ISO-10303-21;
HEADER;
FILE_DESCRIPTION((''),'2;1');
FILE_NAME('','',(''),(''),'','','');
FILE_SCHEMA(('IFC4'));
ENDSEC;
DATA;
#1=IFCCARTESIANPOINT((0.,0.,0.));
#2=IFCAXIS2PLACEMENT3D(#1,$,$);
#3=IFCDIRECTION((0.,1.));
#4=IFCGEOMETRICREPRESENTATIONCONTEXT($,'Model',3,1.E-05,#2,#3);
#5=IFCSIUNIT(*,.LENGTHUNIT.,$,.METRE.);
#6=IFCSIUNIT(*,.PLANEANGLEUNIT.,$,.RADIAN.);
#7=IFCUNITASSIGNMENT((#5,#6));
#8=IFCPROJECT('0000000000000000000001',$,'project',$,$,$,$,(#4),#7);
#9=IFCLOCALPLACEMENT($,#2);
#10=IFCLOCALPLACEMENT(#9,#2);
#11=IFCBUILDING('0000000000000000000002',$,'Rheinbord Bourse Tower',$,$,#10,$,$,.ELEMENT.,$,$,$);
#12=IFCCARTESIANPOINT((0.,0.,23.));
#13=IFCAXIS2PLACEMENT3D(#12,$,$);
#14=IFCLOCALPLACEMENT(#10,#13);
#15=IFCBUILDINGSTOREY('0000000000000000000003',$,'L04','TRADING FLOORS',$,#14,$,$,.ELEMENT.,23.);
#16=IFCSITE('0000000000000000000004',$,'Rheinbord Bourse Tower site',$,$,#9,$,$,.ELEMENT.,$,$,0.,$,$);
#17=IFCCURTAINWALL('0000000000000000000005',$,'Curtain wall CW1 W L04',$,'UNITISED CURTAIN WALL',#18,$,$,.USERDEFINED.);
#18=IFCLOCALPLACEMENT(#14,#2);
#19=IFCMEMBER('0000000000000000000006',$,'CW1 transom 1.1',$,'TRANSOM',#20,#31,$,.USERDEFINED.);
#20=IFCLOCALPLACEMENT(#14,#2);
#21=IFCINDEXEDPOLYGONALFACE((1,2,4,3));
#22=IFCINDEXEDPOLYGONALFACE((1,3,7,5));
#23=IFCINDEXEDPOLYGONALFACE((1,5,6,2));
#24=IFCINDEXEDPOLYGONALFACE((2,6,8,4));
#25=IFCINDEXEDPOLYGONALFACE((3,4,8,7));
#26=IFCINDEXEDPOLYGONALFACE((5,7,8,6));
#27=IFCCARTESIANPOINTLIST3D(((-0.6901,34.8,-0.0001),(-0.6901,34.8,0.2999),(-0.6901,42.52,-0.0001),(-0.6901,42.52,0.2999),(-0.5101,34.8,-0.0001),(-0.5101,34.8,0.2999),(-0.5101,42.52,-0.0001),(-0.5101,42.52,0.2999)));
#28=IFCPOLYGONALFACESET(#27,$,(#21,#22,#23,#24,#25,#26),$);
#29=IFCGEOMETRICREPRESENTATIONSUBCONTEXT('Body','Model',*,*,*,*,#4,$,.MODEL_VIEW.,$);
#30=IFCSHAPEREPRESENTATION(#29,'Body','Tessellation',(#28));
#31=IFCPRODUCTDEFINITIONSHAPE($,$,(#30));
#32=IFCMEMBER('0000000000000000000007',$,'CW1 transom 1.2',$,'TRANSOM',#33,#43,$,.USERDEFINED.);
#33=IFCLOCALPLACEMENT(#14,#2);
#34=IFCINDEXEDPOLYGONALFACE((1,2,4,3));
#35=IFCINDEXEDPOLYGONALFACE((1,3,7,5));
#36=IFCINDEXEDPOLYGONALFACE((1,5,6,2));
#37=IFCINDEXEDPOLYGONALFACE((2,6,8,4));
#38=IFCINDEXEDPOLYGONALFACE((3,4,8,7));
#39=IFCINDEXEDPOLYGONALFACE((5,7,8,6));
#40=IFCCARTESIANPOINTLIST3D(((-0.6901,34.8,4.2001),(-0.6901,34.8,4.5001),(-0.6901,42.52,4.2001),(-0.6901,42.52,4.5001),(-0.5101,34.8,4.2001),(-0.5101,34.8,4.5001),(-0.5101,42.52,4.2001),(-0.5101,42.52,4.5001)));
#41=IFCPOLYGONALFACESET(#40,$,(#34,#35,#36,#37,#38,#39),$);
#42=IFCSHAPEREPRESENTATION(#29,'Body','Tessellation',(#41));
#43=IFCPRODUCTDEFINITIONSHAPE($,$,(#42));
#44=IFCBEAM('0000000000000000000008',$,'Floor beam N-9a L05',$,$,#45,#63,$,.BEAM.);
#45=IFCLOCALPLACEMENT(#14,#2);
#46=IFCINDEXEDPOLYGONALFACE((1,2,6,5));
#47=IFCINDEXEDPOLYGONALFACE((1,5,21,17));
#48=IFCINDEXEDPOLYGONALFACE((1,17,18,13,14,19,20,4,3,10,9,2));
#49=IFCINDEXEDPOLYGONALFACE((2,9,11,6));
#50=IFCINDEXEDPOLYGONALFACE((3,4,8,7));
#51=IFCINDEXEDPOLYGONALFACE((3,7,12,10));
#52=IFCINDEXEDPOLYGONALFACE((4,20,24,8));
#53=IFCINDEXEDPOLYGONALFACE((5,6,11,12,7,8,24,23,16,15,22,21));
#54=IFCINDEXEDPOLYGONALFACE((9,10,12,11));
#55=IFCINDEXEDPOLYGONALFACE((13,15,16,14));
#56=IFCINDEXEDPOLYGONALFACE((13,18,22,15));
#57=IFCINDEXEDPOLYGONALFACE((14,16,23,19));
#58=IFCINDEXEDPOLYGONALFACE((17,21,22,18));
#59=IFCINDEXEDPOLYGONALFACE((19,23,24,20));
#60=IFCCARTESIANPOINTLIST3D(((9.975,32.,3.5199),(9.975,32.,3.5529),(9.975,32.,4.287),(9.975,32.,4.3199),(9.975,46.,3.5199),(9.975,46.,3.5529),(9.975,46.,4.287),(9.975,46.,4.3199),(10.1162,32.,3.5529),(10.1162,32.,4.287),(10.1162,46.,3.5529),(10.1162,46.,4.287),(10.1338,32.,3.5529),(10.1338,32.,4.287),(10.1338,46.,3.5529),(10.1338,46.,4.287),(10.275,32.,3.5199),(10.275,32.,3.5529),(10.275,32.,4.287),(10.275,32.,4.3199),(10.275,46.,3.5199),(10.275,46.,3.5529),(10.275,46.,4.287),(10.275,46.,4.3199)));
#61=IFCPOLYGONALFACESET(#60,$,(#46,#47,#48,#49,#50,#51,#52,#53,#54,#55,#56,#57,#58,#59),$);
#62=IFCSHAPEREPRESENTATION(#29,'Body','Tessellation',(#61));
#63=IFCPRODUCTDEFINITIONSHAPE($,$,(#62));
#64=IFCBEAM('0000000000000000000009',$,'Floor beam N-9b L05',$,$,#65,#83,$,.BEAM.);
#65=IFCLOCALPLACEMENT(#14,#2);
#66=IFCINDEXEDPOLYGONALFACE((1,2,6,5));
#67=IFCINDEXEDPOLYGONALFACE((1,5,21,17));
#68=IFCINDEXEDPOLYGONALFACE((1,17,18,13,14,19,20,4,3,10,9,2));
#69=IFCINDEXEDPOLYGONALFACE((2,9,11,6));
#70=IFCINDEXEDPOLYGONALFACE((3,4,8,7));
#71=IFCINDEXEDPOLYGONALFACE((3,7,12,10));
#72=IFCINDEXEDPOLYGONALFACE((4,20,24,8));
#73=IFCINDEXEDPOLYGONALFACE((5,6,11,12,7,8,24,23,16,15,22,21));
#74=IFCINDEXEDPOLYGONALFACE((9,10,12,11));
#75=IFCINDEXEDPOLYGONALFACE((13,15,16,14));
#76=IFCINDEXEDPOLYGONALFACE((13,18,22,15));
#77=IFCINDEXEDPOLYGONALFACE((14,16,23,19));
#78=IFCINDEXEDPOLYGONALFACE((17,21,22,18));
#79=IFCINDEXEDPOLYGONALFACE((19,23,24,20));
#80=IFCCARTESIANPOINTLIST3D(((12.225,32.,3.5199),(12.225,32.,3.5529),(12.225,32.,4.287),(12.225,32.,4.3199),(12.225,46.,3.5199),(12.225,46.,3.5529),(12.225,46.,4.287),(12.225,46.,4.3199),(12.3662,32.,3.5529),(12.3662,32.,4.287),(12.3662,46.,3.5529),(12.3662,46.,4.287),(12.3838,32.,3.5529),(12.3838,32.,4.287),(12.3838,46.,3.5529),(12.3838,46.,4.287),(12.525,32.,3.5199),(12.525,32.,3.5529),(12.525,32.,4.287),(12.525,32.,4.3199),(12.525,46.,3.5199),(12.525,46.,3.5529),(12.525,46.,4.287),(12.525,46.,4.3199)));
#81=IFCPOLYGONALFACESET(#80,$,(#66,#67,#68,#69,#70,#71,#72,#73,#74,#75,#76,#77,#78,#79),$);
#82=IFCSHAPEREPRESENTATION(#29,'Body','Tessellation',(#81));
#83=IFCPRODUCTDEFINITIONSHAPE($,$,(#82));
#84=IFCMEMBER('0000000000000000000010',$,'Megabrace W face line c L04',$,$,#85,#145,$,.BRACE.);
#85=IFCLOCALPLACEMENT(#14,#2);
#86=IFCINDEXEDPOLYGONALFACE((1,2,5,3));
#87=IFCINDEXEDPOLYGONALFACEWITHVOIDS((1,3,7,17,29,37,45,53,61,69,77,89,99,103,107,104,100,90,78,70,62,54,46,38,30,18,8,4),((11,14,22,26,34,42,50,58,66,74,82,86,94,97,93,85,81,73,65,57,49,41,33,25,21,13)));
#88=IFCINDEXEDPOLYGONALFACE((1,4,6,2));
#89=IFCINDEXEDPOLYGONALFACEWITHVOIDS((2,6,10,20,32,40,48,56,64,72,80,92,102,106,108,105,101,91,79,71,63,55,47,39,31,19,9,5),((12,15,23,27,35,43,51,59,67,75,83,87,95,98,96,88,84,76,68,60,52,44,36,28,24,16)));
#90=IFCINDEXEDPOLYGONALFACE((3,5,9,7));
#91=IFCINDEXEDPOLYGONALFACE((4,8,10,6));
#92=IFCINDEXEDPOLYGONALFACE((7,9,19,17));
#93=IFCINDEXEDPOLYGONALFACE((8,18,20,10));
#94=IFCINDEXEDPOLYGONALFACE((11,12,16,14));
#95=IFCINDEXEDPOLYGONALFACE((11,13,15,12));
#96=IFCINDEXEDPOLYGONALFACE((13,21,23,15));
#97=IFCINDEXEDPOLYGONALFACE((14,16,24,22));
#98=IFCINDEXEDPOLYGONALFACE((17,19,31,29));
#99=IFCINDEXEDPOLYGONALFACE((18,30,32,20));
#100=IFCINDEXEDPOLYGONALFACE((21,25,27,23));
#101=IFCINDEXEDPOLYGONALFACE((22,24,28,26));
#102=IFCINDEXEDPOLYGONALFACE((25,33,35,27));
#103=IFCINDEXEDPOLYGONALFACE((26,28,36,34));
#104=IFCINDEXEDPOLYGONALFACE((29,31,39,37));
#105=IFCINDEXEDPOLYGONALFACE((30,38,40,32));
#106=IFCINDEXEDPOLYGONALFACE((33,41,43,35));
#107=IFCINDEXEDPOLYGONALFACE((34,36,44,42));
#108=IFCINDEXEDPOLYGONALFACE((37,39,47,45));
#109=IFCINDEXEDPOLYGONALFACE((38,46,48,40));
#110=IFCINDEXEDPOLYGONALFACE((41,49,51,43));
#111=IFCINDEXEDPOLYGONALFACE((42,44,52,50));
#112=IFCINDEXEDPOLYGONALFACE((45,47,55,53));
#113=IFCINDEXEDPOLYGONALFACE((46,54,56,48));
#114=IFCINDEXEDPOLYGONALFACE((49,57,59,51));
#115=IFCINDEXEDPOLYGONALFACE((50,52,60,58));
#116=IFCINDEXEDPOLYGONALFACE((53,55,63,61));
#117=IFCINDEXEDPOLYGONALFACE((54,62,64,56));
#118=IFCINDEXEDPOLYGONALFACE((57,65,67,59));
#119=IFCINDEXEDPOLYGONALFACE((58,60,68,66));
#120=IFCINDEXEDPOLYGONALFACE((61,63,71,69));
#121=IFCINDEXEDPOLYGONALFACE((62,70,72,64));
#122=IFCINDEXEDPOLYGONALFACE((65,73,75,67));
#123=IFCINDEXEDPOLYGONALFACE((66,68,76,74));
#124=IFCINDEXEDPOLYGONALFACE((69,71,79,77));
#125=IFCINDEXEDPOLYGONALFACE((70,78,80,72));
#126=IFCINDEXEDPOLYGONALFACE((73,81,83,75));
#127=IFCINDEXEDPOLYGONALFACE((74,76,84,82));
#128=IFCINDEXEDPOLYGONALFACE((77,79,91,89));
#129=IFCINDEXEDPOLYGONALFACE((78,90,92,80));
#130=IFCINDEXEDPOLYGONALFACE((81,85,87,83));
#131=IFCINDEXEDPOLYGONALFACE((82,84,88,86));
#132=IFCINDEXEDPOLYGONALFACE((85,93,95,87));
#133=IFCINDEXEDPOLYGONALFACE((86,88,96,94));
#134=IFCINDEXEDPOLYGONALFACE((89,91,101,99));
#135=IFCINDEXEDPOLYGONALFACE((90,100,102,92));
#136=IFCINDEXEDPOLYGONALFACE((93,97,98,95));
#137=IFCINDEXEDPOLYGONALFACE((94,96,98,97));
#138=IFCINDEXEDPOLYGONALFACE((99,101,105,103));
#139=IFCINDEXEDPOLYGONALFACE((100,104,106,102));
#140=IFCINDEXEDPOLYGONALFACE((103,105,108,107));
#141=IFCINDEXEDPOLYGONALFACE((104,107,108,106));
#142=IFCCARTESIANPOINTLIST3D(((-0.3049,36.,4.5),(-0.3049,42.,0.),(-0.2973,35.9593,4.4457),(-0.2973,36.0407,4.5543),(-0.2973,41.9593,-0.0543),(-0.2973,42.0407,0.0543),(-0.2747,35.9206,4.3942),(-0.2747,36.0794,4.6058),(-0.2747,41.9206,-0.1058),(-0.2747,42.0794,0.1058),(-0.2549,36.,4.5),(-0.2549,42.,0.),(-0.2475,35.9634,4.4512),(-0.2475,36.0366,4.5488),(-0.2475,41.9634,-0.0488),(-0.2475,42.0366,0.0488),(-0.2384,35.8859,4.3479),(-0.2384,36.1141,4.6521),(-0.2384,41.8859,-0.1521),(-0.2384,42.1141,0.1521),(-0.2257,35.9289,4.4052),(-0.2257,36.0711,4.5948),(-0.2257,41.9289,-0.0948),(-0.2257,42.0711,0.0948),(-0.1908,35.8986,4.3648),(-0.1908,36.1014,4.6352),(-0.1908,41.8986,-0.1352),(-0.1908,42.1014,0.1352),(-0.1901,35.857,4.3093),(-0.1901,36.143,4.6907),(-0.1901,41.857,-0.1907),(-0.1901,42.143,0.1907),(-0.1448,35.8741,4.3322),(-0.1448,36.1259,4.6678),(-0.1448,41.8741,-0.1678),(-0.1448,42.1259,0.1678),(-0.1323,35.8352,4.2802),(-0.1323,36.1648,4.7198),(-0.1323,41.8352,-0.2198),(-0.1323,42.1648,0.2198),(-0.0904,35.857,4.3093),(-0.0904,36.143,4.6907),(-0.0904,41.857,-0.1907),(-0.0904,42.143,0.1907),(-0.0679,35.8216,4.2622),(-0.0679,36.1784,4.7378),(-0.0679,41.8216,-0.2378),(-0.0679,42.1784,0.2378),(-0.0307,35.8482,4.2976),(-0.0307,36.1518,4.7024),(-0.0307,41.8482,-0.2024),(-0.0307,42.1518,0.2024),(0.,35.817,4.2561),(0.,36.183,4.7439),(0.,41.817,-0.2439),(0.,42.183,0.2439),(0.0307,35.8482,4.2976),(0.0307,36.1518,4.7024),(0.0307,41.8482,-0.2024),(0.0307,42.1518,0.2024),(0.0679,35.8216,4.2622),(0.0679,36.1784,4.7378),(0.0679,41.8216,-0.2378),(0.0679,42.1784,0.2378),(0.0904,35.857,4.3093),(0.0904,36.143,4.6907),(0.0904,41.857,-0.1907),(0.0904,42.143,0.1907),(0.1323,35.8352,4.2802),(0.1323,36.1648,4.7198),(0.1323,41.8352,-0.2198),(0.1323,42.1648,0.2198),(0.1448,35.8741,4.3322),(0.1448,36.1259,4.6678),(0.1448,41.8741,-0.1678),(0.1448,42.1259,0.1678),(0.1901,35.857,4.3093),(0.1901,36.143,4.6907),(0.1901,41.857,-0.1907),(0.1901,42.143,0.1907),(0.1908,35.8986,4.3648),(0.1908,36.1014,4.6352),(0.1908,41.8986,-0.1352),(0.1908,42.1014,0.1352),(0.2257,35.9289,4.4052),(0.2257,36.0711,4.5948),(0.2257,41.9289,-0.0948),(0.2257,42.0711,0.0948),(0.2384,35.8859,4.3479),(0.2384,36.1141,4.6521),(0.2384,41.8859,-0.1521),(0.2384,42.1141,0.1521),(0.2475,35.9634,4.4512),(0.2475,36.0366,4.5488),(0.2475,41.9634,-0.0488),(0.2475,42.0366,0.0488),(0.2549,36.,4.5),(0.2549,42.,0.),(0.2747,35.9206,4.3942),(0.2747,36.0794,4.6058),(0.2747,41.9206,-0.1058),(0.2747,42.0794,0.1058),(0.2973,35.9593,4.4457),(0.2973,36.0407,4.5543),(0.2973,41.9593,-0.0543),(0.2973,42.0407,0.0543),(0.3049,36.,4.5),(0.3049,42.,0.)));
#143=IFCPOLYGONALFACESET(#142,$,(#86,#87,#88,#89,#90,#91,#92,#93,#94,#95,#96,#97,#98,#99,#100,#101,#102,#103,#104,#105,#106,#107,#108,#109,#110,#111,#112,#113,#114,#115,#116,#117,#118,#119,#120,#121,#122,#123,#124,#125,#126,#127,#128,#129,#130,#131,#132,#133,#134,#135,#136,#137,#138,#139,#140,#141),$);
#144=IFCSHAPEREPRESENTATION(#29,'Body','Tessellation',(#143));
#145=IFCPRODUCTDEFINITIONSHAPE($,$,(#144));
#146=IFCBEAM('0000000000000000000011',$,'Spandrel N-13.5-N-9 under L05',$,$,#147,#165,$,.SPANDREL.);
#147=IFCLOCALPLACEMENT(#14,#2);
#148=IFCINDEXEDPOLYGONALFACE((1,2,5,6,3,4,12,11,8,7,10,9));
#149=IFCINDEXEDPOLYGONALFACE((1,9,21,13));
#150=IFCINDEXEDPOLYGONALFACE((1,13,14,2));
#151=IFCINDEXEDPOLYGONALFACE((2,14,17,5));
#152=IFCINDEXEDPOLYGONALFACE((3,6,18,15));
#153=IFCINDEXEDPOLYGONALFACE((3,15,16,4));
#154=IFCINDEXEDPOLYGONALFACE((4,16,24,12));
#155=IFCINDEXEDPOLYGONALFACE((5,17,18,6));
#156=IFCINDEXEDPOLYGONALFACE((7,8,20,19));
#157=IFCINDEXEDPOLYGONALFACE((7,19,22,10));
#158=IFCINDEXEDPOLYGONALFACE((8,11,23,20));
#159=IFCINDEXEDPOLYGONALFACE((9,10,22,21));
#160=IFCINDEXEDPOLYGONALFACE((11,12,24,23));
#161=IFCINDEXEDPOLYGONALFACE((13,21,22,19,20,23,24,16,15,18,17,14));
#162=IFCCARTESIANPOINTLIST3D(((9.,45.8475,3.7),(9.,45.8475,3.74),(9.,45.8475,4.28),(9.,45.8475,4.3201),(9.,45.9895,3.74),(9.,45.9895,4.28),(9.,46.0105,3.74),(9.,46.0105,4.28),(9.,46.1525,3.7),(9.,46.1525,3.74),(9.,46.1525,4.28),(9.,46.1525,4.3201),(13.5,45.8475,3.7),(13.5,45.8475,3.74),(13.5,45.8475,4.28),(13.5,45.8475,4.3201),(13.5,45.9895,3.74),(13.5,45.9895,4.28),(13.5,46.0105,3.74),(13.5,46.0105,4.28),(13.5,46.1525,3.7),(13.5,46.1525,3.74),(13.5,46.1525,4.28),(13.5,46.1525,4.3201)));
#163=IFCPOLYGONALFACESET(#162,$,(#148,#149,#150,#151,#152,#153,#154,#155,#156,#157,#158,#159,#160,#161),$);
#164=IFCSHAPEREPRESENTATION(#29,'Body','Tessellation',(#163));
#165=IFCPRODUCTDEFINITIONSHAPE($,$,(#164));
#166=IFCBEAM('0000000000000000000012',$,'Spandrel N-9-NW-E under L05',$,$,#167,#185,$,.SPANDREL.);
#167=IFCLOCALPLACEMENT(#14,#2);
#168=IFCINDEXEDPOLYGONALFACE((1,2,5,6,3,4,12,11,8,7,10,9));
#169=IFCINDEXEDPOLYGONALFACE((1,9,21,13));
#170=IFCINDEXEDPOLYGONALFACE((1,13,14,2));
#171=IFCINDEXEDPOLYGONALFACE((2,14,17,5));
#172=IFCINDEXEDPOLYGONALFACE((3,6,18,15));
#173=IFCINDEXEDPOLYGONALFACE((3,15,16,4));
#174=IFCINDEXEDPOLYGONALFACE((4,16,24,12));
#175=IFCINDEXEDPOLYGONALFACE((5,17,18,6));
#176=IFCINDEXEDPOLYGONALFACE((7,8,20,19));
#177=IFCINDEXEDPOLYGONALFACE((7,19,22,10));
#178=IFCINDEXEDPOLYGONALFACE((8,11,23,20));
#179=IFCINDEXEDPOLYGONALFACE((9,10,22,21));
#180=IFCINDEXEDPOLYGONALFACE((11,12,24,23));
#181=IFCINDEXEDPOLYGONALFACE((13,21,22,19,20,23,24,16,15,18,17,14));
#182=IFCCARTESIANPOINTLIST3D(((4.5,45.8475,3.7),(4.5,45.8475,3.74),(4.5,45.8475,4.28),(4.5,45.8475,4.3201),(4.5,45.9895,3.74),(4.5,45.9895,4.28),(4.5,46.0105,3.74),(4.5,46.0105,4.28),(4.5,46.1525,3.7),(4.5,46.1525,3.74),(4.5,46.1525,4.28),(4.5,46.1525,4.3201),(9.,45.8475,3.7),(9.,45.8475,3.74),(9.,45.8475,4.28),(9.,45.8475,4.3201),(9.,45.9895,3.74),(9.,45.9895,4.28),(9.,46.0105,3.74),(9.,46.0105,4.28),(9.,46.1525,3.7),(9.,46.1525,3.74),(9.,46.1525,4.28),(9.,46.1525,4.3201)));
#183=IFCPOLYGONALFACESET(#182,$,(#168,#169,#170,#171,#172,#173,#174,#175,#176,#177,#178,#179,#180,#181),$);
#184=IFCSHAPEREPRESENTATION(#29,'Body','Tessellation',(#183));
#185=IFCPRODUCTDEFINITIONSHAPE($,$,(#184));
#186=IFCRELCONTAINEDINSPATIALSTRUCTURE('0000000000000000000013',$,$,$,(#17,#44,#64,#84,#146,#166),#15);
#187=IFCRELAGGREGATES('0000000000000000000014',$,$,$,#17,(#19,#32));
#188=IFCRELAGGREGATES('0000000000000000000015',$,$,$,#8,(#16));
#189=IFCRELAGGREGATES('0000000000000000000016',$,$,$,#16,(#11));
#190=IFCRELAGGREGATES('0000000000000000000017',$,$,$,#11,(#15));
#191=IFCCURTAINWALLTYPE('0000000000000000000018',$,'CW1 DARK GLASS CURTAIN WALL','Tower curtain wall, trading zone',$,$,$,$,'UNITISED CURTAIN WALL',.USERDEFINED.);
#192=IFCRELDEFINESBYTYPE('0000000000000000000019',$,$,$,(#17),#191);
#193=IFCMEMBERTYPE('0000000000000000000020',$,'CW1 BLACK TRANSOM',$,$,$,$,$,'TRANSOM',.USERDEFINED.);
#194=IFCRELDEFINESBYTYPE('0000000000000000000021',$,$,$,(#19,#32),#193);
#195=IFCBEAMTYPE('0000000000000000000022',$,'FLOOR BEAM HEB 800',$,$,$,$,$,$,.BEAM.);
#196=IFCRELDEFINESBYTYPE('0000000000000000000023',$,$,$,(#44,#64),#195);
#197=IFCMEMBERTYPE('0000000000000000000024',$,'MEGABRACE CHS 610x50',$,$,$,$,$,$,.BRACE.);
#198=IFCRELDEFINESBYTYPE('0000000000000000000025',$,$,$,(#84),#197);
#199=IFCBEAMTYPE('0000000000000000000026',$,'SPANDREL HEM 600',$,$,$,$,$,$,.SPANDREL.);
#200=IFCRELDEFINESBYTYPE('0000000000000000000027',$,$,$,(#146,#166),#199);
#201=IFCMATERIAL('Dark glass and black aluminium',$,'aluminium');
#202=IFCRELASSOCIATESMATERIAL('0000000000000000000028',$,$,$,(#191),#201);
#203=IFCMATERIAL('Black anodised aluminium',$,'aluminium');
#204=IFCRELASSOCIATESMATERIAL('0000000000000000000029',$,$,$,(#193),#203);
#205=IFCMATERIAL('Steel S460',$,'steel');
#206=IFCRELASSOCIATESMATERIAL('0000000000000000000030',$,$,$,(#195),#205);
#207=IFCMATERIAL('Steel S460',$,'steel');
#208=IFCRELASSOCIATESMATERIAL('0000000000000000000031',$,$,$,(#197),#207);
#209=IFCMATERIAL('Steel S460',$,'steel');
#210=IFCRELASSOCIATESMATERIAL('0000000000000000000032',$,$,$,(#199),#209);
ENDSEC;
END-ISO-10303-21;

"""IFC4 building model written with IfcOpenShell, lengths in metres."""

from ifc_helpers import new_model, si_unit, direction, frame, origin, origin_2d, place, context, subcontext, project, spatial, rectangle, hollow_circle, i_section, extrude, material, material_profile, profile_set, type_object, element, aggregate, save


model = new_model("IFC4")

# Units and contexts
model_context = context("Model", 3, precision=1e-05, world=origin(), true_north=direction((0.0, 1.0)))
body_context = subcontext(model_context, "Body", "Model", "MODEL_VIEW")
ifc_project = project(units=[si_unit("LENGTHUNIT", "METRE"), si_unit("PLANEANGLEUNIT", "RADIAN")], contexts=[model_context])

# Site, building, storey
site_placement = place(None, origin())
site = spatial("IfcSite", under=ifc_project, at=site_placement, Name="Rheinbord Bourse Tower site", CompositionType="ELEMENT", RefElevation=0.0)
building_placement = place(site_placement, origin())
building = spatial("IfcBuilding", under=site, at=building_placement, Name="Rheinbord Bourse Tower", CompositionType="ELEMENT")
storey_placement = place(building_placement, frame((0.0, 0.0, 23.0)))
storey = spatial("IfcBuildingStorey", under=building, at=storey_placement, Name="L04", Description="TRADING FLOORS", CompositionType="ELEMENT", Elevation=23.0)

# Curtain wall
ifc_material_1 = material(Name="Dark glass and black aluminium", Category="aluminium")
curtain_wall_type = type_object("IfcCurtainWallType", Name="CW1 DARK GLASS CURTAIN WALL", Description="Tower curtain wall, trading zone", ElementType="UNITISED CURTAIN WALL", PredefinedType="USERDEFINED", material=ifc_material_1)
curtain_wall_1_placement = place(storey_placement, origin())
curtain_wall_1 = element("IfcCurtainWall", 1, at=curtain_wall_1_placement, inside=storey, type_object=curtain_wall_type, Name="Curtain wall CW1 W L04", ObjectType="UNITISED CURTAIN WALL", PredefinedType="USERDEFINED")

# Members
ifc_material_2 = material(Name="Black anodised aluminium", Category="aluminium")
ifc_material_profile_1 = material_profile(ifc_material_2, rectangle(XDim=0.1799, YDim=0.3, at=origin_2d()), Name="CW1 TRANSOM 300x180")
ifc_profile_set_1 = profile_set([ifc_material_profile_1], Name="Black anodised aluminium")
member_type_1 = type_object("IfcMemberType", Name="CW1 BLACK TRANSOM", ElementType="TRANSOM", PredefinedType="USERDEFINED", material=ifc_profile_set_1)
member_1_placement = place(storey_placement, frame((-0.6001, 42.52, 0.1499), z_axis=(0.0, -1.0, 0.0), x_axis=(1.0, 0.0, 0.0)))
member_1 = element("IfcMember", 2, at=member_1_placement, type_object=member_type_1, Name="CW1 transom 1.1", ObjectType="TRANSOM", PredefinedType="USERDEFINED", context=body_context, shape_type="SweptSolid", body=[
    extrude(rectangle(XDim=0.1799, YDim=0.3, at=origin_2d()), origin(), (0.0, 0.0, 1.0), 7.72),
])
member_2_placement = place(storey_placement, frame((-0.6001, 42.52, 4.3501), z_axis=(0.0, -1.0, 0.0), x_axis=(1.0, 0.0, 0.0)))
member_2 = element("IfcMember", 3, at=member_2_placement, type_object=member_type_1, Name="CW1 transom 1.2", ObjectType="TRANSOM", PredefinedType="USERDEFINED", context=body_context, shape_type="SweptSolid", body=[
    extrude(rectangle(XDim=0.1799, YDim=0.3, at=origin_2d()), origin(), (0.0, 0.0, 1.0), 7.72),
])

# Beams
ifc_material_3 = material(Name="Steel S460", Category="steel")
ifc_material_profile_2 = material_profile(ifc_material_3, i_section(OverallWidth=0.3, OverallDepth=0.8, WebThickness=0.0176, FlangeThickness=0.033, at=origin_2d()), Name="HEB 800")
ifc_profile_set_2 = profile_set([ifc_material_profile_2], Name="Steel S460")
beam_type_1 = type_object("IfcBeamType", Name="FLOOR BEAM HEB 800", PredefinedType="BEAM", material=ifc_profile_set_2)
for number, where, z_axis, x_axis, name in (
    (4, (10.125, 46.0, 3.9199), (0.0, -1.0, 0.0), (1.0, 0.0, 0.0), "Floor beam N-9a L05"),
    (5, (12.375, 46.0, 3.9199), (0.0, -1.0, 0.0), (1.0, 0.0, 0.0), "Floor beam N-9b L05"),
):
    element("IfcBeam", number, at=place(storey_placement, frame(where, z_axis=z_axis, x_axis=x_axis)), inside=storey, type_object=beam_type_1, Name=name, PredefinedType="BEAM", context=body_context, shape_type="SweptSolid", body=[
        extrude(i_section(OverallWidth=0.3, OverallDepth=0.8, WebThickness=0.0176, FlangeThickness=0.033, at=origin_2d()), origin(), (0.0, 0.0, 1.0), 14.0),
    ])

# Member
ifc_material_4 = material(Name="Steel S460", Category="steel")
ifc_material_profile_3 = material_profile(ifc_material_4, hollow_circle(Radius=0.3049, WallThickness=0.05, at=origin_2d()), Name="CHS 610x50")
ifc_profile_set_3 = profile_set([ifc_material_profile_3], Name="Steel S460")
member_type_2 = type_object("IfcMemberType", Name="MEGABRACE CHS 610x50", PredefinedType="BRACE", material=ifc_profile_set_3)
member_3_placement = place(storey_placement, frame((0.0, 42.0, 0.0), z_axis=(0.0, -0.8, 0.6), x_axis=(1.0, 0.0, 0.0)))
element("IfcMember", 6, at=member_3_placement, inside=storey, type_object=member_type_2, Name="Megabrace W face line c L04", PredefinedType="BRACE", context=body_context, shape_type="SweptSolid", body=[
    extrude(hollow_circle(Radius=0.3049, WallThickness=0.05, at=origin_2d()), origin(), (0.0, 0.0, 1.0), 7.5),
])

# Beams
ifc_material_5 = material(Name="Steel S460", Category="steel")
ifc_material_profile_4 = material_profile(ifc_material_5, i_section(OverallWidth=0.3049, OverallDepth=0.6201, WebThickness=0.021, FlangeThickness=0.04, at=origin_2d()), Name="HEM 600")
ifc_profile_set_4 = profile_set([ifc_material_profile_4], Name="Steel S460")
beam_type_2 = type_object("IfcBeamType", Name="SPANDREL HEM 600", PredefinedType="SPANDREL", material=ifc_profile_set_4)
for number, where, z_axis, x_axis, name in (
    (7, (13.5, 46.0, 4.01), (-1.0, 0.0, 0.0), (0.0, -1.0, 0.0), "Spandrel N-13.5-N-9 under L05"),
    (8, (9.0, 46.0, 4.01), (-1.0, 0.0, 0.0), (0.0, -1.0, 0.0), "Spandrel N-9-NW-E under L05"),
):
    element("IfcBeam", number, at=place(storey_placement, frame(where, z_axis=z_axis, x_axis=x_axis)), inside=storey, type_object=beam_type_2, Name=name, PredefinedType="SPANDREL", context=body_context, shape_type="SweptSolid", body=[
        extrude(i_section(OverallWidth=0.3049, OverallDepth=0.6201, WebThickness=0.021, FlangeThickness=0.04, at=origin_2d()), origin(), (0.0, 0.0, 1.0), 4.5),
    ])

aggregate(curtain_wall_1, [member_1, member_2])

save(model, "model.ifc")
